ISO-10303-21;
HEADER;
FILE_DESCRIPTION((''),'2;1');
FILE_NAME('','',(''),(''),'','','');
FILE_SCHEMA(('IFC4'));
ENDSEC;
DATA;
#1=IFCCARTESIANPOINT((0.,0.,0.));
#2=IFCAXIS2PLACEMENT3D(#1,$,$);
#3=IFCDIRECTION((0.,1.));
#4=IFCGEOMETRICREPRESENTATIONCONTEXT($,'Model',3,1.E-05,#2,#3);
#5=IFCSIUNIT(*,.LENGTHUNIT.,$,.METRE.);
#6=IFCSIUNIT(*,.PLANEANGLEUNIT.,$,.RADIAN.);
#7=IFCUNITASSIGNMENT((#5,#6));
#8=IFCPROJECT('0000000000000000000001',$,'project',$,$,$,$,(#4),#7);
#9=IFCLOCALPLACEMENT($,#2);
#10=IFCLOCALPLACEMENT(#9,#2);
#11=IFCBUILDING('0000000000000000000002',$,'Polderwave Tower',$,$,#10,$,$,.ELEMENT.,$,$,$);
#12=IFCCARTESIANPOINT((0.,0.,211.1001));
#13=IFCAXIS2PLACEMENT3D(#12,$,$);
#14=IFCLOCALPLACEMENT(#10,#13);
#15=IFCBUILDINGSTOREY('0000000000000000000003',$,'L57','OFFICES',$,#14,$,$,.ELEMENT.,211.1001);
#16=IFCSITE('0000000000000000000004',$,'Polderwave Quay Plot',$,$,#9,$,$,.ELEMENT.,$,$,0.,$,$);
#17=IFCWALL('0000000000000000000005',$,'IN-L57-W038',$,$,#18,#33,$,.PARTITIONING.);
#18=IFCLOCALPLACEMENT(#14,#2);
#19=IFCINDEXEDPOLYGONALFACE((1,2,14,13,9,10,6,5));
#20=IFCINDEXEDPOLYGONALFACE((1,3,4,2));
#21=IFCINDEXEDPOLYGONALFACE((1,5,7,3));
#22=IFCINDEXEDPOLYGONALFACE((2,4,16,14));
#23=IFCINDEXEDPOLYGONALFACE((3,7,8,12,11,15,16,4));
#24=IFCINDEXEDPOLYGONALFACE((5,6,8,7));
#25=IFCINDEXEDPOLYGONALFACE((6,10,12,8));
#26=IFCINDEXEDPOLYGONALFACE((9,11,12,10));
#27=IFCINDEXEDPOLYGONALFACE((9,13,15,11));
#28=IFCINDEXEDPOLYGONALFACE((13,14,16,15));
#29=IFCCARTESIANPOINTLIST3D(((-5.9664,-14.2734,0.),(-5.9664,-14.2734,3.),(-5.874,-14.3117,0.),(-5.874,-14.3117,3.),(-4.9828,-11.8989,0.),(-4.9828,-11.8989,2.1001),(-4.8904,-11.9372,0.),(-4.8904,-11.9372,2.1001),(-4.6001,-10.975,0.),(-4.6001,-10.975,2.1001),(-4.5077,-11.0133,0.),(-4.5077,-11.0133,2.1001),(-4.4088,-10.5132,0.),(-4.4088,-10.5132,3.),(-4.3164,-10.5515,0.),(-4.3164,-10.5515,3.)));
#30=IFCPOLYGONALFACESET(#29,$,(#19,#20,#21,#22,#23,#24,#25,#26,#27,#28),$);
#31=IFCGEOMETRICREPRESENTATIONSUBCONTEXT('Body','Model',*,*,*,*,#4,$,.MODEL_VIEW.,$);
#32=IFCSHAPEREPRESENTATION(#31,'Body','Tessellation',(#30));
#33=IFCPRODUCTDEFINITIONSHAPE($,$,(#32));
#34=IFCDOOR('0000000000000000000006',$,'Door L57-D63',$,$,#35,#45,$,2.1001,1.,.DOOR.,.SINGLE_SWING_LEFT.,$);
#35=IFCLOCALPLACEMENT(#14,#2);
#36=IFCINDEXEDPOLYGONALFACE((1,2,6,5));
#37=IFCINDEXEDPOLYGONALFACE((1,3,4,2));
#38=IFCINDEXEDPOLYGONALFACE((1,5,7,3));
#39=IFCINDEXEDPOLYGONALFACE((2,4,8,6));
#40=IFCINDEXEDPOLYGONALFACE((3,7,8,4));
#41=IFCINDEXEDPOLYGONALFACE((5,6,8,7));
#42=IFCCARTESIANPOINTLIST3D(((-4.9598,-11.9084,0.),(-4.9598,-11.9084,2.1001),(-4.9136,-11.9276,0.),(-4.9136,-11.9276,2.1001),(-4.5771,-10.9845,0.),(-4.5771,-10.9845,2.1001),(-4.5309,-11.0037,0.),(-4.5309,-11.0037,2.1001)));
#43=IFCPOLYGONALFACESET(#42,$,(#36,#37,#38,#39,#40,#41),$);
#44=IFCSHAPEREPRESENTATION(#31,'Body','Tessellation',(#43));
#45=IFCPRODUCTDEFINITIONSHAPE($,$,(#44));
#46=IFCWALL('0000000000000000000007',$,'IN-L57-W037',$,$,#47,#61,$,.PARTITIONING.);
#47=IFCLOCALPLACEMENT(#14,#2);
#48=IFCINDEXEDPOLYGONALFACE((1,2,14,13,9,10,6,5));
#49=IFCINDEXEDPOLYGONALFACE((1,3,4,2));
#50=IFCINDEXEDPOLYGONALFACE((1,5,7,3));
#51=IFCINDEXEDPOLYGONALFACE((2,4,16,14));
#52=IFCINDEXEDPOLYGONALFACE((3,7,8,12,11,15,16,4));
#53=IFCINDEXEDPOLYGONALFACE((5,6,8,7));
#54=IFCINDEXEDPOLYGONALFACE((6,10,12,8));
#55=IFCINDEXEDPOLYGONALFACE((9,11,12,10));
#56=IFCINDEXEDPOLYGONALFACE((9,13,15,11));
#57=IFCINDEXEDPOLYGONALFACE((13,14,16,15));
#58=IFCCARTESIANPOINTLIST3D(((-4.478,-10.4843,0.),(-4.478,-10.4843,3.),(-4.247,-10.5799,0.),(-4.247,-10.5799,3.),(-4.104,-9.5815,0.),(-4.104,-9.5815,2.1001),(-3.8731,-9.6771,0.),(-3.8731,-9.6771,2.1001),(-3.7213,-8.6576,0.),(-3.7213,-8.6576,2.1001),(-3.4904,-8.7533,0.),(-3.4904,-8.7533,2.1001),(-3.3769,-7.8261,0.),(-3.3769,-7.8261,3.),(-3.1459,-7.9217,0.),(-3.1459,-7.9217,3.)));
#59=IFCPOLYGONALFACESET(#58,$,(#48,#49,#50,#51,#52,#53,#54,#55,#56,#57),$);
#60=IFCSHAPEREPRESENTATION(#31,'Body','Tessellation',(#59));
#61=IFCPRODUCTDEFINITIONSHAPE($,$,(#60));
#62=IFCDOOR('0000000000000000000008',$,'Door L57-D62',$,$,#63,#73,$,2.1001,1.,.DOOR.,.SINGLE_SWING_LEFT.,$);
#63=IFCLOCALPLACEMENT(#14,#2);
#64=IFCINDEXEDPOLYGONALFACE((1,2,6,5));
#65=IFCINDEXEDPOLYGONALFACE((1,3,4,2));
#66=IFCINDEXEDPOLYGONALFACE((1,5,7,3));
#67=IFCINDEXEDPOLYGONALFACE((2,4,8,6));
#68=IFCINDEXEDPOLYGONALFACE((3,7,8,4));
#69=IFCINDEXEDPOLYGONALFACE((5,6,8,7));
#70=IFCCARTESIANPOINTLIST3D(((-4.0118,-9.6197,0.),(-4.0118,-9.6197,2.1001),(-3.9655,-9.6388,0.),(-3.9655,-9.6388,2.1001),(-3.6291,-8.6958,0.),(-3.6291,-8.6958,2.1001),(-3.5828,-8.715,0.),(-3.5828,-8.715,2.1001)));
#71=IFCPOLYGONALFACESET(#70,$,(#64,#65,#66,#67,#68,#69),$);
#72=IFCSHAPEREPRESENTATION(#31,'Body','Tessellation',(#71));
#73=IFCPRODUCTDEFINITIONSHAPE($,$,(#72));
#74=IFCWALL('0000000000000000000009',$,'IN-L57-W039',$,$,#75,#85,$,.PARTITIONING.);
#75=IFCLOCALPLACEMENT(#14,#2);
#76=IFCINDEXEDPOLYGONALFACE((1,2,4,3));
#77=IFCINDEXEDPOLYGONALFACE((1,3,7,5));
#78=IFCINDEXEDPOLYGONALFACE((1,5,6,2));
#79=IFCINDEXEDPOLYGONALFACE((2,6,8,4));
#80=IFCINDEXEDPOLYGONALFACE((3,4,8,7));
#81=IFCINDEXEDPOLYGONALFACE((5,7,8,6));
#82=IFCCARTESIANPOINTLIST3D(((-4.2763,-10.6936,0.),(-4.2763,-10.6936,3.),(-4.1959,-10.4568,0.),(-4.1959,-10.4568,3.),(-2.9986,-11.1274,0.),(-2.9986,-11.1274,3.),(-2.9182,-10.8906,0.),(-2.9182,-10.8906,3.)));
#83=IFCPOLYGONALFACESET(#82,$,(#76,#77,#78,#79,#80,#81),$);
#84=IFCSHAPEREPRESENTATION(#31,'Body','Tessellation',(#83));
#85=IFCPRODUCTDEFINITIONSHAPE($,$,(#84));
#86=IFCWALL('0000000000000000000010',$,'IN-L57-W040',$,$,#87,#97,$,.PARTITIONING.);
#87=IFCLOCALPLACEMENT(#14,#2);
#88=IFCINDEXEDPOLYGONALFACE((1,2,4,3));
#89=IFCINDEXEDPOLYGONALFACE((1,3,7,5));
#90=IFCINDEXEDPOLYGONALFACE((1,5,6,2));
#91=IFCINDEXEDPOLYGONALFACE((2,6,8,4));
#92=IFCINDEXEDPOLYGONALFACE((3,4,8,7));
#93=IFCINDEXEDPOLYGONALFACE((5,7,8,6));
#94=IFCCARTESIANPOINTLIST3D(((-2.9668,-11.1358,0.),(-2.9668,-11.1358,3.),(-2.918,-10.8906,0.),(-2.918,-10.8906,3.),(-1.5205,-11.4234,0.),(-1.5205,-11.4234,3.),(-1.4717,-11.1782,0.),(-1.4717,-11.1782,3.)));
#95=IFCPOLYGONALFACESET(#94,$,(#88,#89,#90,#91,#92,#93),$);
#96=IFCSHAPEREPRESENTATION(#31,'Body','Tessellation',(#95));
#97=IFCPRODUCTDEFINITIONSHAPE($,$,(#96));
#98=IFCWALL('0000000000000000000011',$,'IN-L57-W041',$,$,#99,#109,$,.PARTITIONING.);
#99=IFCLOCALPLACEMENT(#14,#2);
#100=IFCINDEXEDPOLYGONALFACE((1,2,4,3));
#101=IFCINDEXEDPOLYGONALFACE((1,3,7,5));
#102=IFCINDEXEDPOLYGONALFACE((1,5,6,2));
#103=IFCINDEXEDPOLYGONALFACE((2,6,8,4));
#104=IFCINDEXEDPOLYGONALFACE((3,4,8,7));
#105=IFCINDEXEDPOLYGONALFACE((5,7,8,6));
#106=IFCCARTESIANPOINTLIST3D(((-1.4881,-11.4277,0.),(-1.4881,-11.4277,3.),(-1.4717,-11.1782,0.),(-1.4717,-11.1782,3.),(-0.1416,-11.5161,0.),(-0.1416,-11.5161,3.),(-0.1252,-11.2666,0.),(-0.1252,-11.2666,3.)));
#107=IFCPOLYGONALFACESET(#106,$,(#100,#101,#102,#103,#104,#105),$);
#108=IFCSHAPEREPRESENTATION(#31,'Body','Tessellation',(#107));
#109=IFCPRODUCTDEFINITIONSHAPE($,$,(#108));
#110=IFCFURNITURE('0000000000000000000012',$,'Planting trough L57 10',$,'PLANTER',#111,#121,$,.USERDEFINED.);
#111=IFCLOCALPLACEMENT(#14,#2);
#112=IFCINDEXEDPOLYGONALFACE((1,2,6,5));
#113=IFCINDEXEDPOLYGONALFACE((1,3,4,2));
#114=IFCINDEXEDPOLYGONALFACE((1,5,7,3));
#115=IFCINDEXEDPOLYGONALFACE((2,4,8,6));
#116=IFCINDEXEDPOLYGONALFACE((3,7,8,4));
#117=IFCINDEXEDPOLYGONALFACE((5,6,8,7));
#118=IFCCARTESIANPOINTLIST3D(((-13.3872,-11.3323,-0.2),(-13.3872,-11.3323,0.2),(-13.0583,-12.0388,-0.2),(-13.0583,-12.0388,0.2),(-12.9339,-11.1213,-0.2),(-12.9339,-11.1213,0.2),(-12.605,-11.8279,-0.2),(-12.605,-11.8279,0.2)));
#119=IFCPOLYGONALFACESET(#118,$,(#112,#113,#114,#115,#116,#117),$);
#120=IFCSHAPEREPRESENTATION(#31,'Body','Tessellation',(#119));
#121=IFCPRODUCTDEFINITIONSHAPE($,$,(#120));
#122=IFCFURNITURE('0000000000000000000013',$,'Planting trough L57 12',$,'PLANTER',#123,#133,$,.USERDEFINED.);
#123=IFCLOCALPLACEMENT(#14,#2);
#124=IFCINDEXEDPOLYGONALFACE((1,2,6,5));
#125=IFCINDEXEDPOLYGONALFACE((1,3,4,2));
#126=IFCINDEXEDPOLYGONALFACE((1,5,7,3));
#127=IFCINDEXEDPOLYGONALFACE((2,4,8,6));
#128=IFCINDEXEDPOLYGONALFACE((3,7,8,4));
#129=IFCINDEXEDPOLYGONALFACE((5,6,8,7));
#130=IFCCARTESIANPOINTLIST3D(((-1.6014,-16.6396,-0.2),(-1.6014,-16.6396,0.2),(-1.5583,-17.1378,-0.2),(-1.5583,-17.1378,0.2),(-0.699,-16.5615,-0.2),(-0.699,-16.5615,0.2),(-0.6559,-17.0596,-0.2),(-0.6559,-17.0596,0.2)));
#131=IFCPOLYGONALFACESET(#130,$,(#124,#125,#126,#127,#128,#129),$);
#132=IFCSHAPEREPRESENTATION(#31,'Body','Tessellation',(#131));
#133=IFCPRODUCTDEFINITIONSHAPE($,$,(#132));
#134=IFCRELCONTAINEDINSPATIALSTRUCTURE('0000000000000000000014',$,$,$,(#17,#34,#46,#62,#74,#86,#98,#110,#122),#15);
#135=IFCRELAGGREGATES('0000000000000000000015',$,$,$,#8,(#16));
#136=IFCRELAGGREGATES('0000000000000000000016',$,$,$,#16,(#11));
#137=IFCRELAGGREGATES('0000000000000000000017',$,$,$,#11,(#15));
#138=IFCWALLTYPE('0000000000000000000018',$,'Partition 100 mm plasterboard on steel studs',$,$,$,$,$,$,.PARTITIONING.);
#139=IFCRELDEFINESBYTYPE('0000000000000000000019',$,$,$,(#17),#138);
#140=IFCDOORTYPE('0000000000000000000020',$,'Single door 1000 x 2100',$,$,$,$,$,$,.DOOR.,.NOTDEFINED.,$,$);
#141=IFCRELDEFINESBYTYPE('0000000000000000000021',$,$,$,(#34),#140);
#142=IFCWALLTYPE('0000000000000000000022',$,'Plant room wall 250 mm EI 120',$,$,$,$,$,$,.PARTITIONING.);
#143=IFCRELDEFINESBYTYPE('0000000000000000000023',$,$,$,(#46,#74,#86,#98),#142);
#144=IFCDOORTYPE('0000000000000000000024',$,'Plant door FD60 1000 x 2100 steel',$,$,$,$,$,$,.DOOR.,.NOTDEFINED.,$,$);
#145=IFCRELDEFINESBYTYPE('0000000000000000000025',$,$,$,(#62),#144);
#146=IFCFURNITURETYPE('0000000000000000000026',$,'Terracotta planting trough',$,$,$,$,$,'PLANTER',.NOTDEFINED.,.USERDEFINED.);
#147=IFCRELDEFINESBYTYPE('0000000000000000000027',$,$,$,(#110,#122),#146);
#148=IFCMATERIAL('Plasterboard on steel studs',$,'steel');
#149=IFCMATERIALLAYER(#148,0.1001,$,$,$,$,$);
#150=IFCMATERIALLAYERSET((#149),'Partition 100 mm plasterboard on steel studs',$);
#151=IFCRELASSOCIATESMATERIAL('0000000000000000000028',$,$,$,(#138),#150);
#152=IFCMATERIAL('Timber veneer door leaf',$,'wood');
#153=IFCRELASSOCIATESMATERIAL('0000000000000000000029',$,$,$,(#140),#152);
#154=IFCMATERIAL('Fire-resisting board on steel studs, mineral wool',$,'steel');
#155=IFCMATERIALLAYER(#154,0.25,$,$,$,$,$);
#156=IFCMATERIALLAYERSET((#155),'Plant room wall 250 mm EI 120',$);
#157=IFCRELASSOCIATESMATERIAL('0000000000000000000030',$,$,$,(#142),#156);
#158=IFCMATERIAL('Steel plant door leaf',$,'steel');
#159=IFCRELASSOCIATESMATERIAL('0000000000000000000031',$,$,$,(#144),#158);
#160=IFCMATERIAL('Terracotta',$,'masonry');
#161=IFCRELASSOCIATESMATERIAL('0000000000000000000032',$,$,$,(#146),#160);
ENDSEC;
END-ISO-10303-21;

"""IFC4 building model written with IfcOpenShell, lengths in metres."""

from ifc_helpers import new_model, si_unit, direction, frame, frame_2d, origin, origin_2d, place, context, subcontext, project, spatial, rectangle, extrude, material, layer, layer_set, type_object, element, fill, save


model = new_model("IFC4")

# Units and contexts
model_context = context("Model", 3, precision=1e-05, world=origin(), true_north=direction((0.0, 1.0)))
body_context = subcontext(model_context, "Body", "Model", "MODEL_VIEW")
ifc_project = project(units=[si_unit("LENGTHUNIT", "METRE"), si_unit("PLANEANGLEUNIT", "RADIAN")], contexts=[model_context])

# Site, building, storey
site_placement = place(None, origin())
site = spatial("IfcSite", under=ifc_project, at=site_placement, Name="Polderwave Quay Plot", CompositionType="ELEMENT", RefElevation=0.0)
building_placement = place(site_placement, origin())
building = spatial("IfcBuilding", under=site, at=building_placement, Name="Polderwave Tower", CompositionType="ELEMENT")
storey_placement = place(building_placement, frame((0.0, 0.0, 211.1001)))
storey = spatial("IfcBuildingStorey", under=building, at=storey_placement, Name="L57", Description="OFFICES", CompositionType="ELEMENT", Elevation=211.1001)

# Walls, openings, doors
ifc_material_1 = material(Name="Plasterboard on steel studs", Category="steel")
ifc_layer_1 = layer(ifc_material_1, 0.1001)
ifc_layer_set_1 = layer_set([ifc_layer_1], Name="Partition 100 mm plasterboard on steel studs")
wall_type_1 = type_object("IfcWallType", Name="Partition 100 mm plasterboard on steel studs", PredefinedType="PARTITIONING", material=ifc_layer_set_1)
ifc_material_2 = material(Name="Timber veneer door leaf", Category="wood")
door_type_1 = type_object("IfcDoorType", Name="Single door 1000 x 2100", OperationType="NOTDEFINED", PredefinedType="DOOR", material=ifc_material_2)
wall_1_placement = place(storey_placement, frame((-4.3625, -10.5322, 0.0), z_axis=(0.0, 0.0, 1.0), x_axis=(-0.382698, -0.923874, 0.0)))
wall_1 = element("IfcWall", 1, at=wall_1_placement, inside=storey, type_object=wall_type_1, Name="IN-L57-W038", PredefinedType="PARTITIONING", context=body_context, shape_type="SweptSolid", body=[
    extrude(rectangle(XDim=4.0701, YDim=0.1001, at=frame_2d((2.0352, 0.0))), origin(), (0.0, 0.0, 1.0), 3.0),
])
opening_1_placement = place(wall_1_placement, frame((0.5, 0.0, 0.0)))
opening_1 = element("IfcOpeningElement", 2, at=opening_1_placement, cuts=wall_1, PredefinedType="OPENING", context=body_context, shape_type="SweptSolid", body=[
    extrude(rectangle(XDim=1.0, YDim=2.1001, at=frame_2d((0.5, 1.05))), frame((0.0, 0.0601, 0.0), z_axis=(0.0, -1.0, 0.0), x_axis=(1.0, 0.0, 0.0)), (0.0, 0.0, 1.0), 0.1201),
])
door_1_placement = place(opening_1_placement, origin())
door_1 = element("IfcDoor", 3, at=door_1_placement, inside=storey, type_object=door_type_1, Name="Door L57-D63", OperationType="SINGLE_SWING_LEFT", OverallHeight=2.1001, OverallWidth=1.0, PredefinedType="DOOR", context=body_context, shape_type="SweptSolid", body=[
    extrude(rectangle(XDim=1.0, YDim=2.1001, at=frame_2d((0.5, 1.05))), frame((0.0, 0.0249, 0.0), z_axis=(0.0, -1.0, 0.0), x_axis=(1.0, 0.0, 0.0)), (0.0, 0.0, 1.0), 0.05),
])
fill(opening_1, door_1)
ifc_material_3 = material(Name="Fire-resisting board on steel studs, mineral wool", Category="steel")
ifc_layer_2 = layer(ifc_material_3, 0.25)
ifc_layer_set_2 = layer_set([ifc_layer_2], Name="Plant room wall 250 mm EI 120")
wall_type_2 = type_object("IfcWallType", Name="Plant room wall 250 mm EI 120", PredefinedType="PARTITIONING", material=ifc_layer_set_2)
wall_2_placement = place(storey_placement, frame((-3.2615, -7.874, 0.0), z_axis=(0.0, 0.0, 1.0), x_axis=(-0.382687, -0.923878, 0.0)))
wall_2 = element("IfcWall", 4, at=wall_2_placement, inside=storey, type_object=wall_type_2, Name="IN-L57-W037", PredefinedType="PARTITIONING", context=body_context, shape_type="SweptSolid", body=[
    extrude(rectangle(XDim=2.8772, YDim=0.25, at=frame_2d((1.4385, 0.0))), origin(), (0.0, 0.0, 1.0), 3.0),
])
opening_2_placement = place(wall_2_placement, frame((0.8999, 0.0, 0.0)))
opening_2 = element("IfcOpeningElement", 5, at=opening_2_placement, cuts=wall_2, PredefinedType="OPENING", context=body_context, shape_type="SweptSolid", body=[
    extrude(rectangle(XDim=1.0, YDim=2.1001, at=frame_2d((0.5, 1.05))), frame((0.0, 0.135, 0.0), z_axis=(0.0, -1.0, 0.0), x_axis=(1.0, 0.0, 0.0)), (0.0, 0.0, 1.0), 0.27),
])
ifc_material_4 = material(Name="Steel plant door leaf", Category="steel")
door_type_2 = type_object("IfcDoorType", Name="Plant door FD60 1000 x 2100 steel", OperationType="NOTDEFINED", PredefinedType="DOOR", material=ifc_material_4)
door_2_placement = place(opening_2_placement, origin())
door_2 = element("IfcDoor", 6, at=door_2_placement, inside=storey, type_object=door_type_2, Name="Door L57-D62", OperationType="SINGLE_SWING_LEFT", OverallHeight=2.1001, OverallWidth=1.0, PredefinedType="DOOR", context=body_context, shape_type="SweptSolid", body=[
    extrude(rectangle(XDim=1.0, YDim=2.1001, at=frame_2d((0.5, 1.05))), frame((0.0, 0.0249, 0.0), z_axis=(0.0, -1.0, 0.0), x_axis=(1.0, 0.0, 0.0)), (0.0, 0.0, 1.0), 0.05),
])
fill(opening_2, door_2)

# Walls
wall_3_placement = place(storey_placement, frame((-2.9583, -11.009, 0.0), z_axis=(0.0, 0.0, 1.0), x_axis=(-0.946914, 0.321488, 0.0)))
element("IfcWall", 7, at=wall_3_placement, inside=storey, type_object=wall_type_2, Name="IN-L57-W039", PredefinedType="PARTITIONING", context=body_context, shape_type="SweptSolid", body=[
    extrude(rectangle(XDim=1.3494, YDim=0.25, at=frame_2d((0.6748, 0.0))), origin(), (0.0, 0.0, 1.0), 3.0),
])
wall_4_placement = place(storey_placement, frame((-1.4961, -11.3008, 0.0), z_axis=(0.0, 0.0, 1.0), x_axis=(-0.980797, 0.195033, 0.0)))
element("IfcWall", 8, at=wall_4_placement, inside=storey, type_object=wall_type_2, Name="IN-L57-W040", PredefinedType="PARTITIONING", context=body_context, shape_type="SweptSolid", body=[
    extrude(rectangle(XDim=1.4746, YDim=0.25, at=frame_2d((0.7373, 0.0))), origin(), (0.0, 0.0, 1.0), 3.0),
])
wall_5_placement = place(storey_placement, frame((-0.1333, -11.3914, 0.0), z_axis=(0.0, 0.0, 1.0), x_axis=(-0.997853, 0.065498, 0.0)))
element("IfcWall", 9, at=wall_5_placement, inside=storey, type_object=wall_type_2, Name="IN-L57-W041", PredefinedType="PARTITIONING", context=body_context, shape_type="SweptSolid", body=[
    extrude(rectangle(XDim=1.3494, YDim=0.25, at=frame_2d((0.6748, 0.0))), origin(), (0.0, 0.0, 1.0), 3.0),
])

# Furniture
ifc_material_5 = material(Name="Terracotta", Category="masonry")
furniture_type = type_object("IfcFurnitureType", Name="Terracotta planting trough", ElementType="PLANTER", AssemblyPlace="NOTDEFINED", PredefinedType="USERDEFINED", material=ifc_material_5)
furniture_1_placement = place(storey_placement, frame((-12.9961, -11.5801, -0.2), z_axis=(0.0, 0.0, 1.0), x_axis=(0.421949, -0.90662, 0.0)))
element("IfcFurniture", 10, at=furniture_1_placement, inside=storey, type_object=furniture_type, Name="Planting trough L57 10", ObjectType="PLANTER", PredefinedType="USERDEFINED", context=body_context, shape_type="SweptSolid", body=[
    extrude(rectangle(XDim=0.7793, YDim=0.5, at=origin_2d()), origin(), (0.0, 0.0, 1.0), 0.3999),
])
furniture_2_placement = place(storey_placement, frame((-1.1287, -16.8496, -0.2), z_axis=(0.0, 0.0, 1.0), x_axis=(0.99627, 0.086288, 0.0)))
element("IfcFurniture", 11, at=furniture_2_placement, inside=storey, type_object=furniture_type, Name="Planting trough L57 12", ObjectType="PLANTER", PredefinedType="USERDEFINED", context=body_context, shape_type="SweptSolid", body=[
    extrude(rectangle(XDim=0.9058, YDim=0.5, at=origin_2d()), origin(), (0.0, 0.0, 1.0), 0.3999),
])

save(model, "model.ifc")
